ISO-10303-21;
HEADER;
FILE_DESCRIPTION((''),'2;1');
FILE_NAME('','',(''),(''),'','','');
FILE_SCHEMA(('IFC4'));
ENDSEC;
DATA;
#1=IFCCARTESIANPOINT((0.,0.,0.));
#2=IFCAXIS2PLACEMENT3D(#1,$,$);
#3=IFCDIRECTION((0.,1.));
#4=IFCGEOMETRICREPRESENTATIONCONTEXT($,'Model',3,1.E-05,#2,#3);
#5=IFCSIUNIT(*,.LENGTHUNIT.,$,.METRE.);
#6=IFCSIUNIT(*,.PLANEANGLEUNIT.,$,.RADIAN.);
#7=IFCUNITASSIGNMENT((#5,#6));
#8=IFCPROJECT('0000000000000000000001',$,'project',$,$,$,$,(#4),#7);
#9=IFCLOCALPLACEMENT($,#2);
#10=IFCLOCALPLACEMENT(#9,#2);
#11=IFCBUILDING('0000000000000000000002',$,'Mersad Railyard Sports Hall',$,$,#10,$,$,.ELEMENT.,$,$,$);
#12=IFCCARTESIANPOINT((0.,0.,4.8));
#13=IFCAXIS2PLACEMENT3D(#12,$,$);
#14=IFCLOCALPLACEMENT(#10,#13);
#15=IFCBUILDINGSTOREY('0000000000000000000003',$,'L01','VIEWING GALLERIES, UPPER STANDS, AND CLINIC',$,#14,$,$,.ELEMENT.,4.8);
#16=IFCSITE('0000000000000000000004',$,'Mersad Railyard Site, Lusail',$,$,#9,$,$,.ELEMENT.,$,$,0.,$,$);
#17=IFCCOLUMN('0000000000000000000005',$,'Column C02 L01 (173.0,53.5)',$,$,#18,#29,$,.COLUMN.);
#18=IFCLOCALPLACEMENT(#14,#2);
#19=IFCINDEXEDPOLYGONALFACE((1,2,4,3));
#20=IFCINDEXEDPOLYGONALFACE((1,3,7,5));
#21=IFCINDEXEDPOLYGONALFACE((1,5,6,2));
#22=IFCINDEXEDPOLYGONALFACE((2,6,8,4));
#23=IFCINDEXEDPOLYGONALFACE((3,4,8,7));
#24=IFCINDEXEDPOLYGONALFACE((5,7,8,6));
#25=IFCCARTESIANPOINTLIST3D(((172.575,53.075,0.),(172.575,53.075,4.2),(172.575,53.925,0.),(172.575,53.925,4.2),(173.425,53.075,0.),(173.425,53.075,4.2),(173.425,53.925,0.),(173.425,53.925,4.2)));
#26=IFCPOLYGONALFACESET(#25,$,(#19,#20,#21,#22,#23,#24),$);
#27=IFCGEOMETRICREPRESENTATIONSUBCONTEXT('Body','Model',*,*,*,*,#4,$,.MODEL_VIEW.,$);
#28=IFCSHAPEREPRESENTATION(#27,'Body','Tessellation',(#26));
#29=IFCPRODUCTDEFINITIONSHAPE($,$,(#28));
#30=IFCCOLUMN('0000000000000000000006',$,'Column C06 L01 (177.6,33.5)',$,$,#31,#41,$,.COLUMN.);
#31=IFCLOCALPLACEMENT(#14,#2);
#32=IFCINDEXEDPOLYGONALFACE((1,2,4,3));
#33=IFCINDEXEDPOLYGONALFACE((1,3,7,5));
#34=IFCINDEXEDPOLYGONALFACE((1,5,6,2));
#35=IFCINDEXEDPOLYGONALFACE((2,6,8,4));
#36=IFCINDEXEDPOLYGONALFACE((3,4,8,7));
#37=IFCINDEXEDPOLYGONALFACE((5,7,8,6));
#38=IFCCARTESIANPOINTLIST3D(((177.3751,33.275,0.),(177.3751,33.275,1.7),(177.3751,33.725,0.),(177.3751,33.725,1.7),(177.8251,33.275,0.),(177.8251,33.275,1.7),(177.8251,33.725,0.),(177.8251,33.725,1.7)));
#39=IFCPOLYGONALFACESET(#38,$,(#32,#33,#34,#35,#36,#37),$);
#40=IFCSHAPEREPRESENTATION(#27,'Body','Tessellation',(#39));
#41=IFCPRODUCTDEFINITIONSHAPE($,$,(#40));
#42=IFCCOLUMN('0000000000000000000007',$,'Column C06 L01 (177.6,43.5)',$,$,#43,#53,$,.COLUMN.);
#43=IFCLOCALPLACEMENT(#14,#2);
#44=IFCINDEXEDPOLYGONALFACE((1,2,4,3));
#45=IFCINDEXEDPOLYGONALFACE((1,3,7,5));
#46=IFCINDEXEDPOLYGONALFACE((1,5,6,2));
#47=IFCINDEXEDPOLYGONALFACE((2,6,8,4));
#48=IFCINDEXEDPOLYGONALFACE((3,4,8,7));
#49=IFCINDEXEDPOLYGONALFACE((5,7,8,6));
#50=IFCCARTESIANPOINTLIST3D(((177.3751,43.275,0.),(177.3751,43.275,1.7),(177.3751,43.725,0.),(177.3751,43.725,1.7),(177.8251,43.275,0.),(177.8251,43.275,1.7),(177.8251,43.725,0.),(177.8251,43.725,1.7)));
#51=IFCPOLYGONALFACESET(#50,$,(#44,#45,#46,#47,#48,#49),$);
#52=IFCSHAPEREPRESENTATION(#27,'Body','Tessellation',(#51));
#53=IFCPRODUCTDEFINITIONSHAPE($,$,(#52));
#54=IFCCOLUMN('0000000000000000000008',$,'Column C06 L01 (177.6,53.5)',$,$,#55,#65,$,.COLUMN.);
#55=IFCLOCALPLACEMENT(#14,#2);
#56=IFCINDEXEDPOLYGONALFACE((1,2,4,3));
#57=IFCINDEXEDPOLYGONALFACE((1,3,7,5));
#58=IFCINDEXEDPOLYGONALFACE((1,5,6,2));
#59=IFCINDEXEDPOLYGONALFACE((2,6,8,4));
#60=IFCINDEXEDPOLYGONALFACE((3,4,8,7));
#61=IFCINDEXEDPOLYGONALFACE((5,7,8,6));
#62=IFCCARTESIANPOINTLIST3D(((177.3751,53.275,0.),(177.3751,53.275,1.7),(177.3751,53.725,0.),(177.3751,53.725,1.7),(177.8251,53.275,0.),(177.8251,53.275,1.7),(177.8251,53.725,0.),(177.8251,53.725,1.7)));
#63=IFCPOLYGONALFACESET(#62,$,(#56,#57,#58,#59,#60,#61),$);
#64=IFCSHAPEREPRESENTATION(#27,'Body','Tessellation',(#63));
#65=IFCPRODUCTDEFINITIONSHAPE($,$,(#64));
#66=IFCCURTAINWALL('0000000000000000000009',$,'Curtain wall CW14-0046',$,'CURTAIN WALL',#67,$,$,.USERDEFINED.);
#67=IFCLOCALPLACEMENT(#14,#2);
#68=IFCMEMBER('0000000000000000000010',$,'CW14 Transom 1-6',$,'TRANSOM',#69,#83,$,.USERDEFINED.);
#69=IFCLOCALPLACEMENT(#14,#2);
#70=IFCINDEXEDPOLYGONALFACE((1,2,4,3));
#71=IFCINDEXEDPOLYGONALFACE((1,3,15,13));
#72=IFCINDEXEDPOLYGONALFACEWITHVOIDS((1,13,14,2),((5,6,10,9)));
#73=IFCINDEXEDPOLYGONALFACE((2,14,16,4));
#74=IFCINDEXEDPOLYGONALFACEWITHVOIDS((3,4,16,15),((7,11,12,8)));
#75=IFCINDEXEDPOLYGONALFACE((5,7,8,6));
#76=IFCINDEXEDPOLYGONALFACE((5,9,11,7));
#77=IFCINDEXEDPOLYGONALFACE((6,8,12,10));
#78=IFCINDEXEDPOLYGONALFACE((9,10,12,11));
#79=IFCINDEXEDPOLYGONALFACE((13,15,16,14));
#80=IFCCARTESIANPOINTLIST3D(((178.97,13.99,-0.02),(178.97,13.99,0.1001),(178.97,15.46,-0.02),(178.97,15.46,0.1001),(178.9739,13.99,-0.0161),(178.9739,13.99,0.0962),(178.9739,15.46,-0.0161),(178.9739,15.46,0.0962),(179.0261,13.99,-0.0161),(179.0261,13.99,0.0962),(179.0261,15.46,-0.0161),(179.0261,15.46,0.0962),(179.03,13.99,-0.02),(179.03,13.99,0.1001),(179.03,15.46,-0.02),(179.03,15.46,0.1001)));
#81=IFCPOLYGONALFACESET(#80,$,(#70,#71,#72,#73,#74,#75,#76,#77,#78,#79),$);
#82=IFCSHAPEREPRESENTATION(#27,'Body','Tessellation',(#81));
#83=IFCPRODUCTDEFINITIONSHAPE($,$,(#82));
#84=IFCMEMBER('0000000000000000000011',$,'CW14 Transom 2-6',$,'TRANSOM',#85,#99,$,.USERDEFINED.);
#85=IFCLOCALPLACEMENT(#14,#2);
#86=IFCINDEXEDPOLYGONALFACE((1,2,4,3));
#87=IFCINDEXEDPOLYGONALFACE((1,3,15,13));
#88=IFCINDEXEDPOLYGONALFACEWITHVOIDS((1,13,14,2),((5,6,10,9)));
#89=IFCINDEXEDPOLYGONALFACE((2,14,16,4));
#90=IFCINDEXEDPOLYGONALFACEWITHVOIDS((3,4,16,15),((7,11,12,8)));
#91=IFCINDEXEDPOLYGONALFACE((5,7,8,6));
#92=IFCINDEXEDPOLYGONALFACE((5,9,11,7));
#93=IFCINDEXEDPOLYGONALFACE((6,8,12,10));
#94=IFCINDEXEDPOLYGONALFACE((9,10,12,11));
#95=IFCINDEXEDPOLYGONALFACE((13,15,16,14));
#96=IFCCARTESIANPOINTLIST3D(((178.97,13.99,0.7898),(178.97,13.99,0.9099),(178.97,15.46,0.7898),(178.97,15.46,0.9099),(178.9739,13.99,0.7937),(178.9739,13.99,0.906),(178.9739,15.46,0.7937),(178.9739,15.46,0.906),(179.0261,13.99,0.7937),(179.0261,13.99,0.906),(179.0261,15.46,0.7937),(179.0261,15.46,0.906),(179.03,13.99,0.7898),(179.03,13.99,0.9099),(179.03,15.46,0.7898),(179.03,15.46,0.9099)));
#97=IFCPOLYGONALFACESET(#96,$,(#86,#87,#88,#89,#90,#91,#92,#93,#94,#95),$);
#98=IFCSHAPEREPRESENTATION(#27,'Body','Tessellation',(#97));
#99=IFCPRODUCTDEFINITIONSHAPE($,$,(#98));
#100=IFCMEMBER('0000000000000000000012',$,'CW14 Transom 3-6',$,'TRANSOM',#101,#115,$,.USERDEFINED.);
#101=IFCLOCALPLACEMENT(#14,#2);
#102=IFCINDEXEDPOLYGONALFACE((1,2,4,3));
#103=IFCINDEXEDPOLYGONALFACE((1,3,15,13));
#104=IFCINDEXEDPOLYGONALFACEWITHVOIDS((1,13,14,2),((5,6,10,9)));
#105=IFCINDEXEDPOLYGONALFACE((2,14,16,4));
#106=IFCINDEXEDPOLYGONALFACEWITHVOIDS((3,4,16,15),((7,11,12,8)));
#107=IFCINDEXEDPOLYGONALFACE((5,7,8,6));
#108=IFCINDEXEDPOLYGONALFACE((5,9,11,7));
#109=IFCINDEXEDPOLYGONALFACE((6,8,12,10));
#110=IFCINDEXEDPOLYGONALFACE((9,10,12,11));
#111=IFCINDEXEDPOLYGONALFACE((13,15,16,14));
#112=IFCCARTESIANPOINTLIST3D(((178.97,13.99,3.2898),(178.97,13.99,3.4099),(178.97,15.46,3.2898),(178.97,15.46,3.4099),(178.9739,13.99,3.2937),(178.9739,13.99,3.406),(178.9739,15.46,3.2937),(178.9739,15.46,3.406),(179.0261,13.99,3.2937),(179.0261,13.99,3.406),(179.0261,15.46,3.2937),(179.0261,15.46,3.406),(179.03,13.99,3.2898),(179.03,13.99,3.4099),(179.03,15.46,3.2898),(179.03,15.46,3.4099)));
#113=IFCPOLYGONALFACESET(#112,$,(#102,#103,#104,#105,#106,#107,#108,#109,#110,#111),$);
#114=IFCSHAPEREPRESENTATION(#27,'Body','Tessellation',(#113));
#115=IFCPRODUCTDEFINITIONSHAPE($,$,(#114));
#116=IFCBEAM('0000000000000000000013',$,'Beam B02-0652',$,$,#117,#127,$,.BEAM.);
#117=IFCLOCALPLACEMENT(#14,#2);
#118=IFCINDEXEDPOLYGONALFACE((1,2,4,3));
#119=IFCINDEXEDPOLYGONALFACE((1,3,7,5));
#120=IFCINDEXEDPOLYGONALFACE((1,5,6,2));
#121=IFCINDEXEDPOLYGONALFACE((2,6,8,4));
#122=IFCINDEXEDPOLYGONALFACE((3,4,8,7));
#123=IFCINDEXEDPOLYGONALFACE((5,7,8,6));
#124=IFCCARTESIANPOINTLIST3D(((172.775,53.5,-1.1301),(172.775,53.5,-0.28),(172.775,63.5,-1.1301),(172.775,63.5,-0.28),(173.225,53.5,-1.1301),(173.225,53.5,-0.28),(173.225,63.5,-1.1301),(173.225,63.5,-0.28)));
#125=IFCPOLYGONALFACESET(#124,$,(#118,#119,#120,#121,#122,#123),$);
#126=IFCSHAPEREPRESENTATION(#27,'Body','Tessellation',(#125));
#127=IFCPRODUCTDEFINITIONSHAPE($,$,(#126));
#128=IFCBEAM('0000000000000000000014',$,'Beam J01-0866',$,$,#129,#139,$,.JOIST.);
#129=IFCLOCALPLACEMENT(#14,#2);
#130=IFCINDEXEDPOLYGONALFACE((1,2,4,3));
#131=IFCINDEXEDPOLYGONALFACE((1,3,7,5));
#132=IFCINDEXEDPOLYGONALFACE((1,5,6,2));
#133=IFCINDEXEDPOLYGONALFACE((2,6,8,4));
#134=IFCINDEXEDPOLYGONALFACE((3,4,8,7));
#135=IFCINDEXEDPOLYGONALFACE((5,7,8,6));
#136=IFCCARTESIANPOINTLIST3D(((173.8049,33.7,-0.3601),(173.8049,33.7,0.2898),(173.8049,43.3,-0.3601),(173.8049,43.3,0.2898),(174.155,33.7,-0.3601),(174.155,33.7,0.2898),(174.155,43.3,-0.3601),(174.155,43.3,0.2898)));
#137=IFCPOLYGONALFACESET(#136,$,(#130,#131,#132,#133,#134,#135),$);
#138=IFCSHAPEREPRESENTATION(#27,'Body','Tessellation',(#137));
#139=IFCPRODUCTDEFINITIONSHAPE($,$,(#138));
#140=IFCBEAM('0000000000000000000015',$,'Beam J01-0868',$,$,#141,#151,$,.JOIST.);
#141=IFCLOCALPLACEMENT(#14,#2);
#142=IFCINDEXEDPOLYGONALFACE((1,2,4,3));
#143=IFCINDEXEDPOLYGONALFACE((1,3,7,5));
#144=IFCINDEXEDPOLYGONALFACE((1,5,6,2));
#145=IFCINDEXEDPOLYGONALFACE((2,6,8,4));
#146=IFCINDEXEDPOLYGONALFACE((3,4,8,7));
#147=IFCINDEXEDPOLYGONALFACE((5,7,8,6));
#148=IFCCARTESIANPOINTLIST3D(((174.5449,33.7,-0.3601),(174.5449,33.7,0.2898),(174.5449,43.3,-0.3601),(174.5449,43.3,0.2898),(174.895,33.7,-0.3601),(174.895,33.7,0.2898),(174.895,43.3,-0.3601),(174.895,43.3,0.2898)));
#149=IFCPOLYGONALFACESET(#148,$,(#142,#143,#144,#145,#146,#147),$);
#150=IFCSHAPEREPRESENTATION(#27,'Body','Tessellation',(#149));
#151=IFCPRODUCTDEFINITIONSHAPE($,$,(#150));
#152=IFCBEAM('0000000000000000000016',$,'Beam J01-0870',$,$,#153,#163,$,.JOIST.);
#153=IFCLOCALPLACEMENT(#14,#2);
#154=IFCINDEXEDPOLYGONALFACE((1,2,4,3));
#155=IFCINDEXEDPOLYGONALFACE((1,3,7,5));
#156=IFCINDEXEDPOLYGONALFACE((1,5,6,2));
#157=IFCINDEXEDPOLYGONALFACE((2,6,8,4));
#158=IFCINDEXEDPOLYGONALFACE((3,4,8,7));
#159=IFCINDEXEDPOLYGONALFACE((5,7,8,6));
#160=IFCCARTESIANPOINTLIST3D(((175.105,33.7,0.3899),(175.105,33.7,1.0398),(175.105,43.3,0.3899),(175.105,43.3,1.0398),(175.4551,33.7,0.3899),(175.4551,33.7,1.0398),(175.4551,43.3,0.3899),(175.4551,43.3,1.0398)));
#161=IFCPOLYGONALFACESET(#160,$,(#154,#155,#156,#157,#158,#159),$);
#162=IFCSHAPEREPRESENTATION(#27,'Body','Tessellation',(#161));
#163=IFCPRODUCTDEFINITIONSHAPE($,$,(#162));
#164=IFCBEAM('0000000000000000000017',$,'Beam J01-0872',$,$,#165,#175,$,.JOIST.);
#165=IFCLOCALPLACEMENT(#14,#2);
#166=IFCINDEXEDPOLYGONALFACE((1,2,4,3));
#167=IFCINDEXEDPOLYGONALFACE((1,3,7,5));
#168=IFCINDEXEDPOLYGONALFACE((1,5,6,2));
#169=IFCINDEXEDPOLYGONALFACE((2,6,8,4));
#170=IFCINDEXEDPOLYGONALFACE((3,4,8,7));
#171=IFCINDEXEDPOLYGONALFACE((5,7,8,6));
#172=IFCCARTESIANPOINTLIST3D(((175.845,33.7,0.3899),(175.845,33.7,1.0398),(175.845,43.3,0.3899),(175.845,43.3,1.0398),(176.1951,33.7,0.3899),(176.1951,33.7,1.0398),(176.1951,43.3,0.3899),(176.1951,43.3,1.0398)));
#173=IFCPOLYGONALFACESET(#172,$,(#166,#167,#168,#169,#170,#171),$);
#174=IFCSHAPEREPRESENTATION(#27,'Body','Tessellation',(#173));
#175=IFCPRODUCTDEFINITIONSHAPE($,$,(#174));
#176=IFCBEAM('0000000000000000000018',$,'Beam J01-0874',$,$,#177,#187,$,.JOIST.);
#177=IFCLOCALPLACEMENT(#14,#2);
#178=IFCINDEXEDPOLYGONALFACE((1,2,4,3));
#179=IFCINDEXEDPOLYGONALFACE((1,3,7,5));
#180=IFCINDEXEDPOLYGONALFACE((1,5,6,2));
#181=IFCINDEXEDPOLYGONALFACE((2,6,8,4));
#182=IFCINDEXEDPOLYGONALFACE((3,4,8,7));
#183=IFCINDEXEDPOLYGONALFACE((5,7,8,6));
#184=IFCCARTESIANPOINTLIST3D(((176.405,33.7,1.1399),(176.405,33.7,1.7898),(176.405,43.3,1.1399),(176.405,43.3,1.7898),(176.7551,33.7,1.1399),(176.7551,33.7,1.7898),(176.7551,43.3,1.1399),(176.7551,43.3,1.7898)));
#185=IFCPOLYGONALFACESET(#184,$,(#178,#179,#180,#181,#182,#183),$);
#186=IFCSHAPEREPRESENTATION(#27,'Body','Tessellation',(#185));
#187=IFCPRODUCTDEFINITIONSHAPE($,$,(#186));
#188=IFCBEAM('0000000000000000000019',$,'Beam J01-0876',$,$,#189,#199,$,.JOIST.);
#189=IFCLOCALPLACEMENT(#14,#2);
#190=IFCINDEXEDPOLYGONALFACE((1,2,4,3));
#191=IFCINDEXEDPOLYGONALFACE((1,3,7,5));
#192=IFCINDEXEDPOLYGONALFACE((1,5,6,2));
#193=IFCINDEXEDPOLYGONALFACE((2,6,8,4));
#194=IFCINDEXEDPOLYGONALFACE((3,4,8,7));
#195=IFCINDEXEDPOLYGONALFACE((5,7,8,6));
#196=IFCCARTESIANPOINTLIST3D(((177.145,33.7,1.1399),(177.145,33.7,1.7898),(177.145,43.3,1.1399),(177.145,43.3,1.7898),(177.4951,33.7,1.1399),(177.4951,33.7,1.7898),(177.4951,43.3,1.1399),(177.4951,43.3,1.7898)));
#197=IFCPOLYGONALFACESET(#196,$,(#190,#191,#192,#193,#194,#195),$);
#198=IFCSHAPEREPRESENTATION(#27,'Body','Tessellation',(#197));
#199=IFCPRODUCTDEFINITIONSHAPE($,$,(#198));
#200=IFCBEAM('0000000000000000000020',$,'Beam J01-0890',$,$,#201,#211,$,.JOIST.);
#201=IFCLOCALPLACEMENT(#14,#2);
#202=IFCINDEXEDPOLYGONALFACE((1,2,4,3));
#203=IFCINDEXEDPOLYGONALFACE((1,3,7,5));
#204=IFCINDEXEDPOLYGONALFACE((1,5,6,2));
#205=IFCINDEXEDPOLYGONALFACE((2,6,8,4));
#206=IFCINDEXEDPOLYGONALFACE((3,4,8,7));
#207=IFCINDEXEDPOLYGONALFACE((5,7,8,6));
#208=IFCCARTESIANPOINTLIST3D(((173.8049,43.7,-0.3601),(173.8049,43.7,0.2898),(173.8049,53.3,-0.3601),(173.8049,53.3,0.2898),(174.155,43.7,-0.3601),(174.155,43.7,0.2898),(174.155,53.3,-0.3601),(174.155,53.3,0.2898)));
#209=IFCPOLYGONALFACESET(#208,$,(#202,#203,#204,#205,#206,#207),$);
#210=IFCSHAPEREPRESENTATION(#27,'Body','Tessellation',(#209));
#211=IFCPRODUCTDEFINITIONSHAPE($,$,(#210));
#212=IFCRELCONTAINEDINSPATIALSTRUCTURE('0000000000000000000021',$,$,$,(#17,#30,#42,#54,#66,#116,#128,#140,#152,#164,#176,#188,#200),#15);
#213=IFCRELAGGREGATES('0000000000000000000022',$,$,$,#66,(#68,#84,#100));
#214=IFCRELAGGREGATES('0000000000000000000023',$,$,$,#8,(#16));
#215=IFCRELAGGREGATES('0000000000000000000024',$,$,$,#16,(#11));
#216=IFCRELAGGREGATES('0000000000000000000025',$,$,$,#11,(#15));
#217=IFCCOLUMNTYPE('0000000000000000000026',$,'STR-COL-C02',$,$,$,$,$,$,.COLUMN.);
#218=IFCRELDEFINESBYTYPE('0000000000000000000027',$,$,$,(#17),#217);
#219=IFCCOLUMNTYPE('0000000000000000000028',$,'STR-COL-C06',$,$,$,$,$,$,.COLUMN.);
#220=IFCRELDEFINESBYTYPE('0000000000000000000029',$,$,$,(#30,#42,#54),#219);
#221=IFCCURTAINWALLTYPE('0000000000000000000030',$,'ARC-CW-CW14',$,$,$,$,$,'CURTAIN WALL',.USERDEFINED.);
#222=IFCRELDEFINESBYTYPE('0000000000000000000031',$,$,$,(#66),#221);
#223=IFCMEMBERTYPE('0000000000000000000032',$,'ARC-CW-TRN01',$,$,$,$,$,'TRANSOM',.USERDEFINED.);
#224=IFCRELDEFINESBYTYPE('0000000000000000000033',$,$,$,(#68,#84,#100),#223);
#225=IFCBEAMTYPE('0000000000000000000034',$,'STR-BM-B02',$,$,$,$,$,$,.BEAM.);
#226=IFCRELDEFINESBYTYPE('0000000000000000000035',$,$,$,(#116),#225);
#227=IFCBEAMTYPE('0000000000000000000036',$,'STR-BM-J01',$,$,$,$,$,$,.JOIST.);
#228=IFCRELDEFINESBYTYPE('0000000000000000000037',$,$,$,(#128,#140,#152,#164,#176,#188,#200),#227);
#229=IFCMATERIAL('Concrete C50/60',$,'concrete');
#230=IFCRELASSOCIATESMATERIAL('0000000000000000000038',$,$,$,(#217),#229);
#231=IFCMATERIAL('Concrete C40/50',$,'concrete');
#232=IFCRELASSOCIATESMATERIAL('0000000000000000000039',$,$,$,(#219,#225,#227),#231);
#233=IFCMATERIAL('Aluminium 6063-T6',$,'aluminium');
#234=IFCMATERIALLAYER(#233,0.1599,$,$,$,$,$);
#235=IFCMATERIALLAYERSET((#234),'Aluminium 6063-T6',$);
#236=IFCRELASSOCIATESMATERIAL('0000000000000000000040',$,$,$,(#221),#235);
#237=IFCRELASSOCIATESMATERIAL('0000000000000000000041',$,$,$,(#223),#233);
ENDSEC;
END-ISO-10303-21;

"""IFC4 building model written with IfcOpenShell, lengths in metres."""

from ifc_helpers import new_model, si_unit, direction, frame, origin, origin_2d, place, context, subcontext, project, spatial, rectangle, hollow_rectangle, extrude, material, layer, layer_set, material_profile, profile_set, type_object, element, aggregate, save


model = new_model("IFC4")

# Units and contexts
model_context = context("Model", 3, precision=1e-05, world=origin(), true_north=direction((0.0, 1.0)))
body_context = subcontext(model_context, "Body", "Model", "MODEL_VIEW")
ifc_project = project(units=[si_unit("LENGTHUNIT", "METRE"), si_unit("PLANEANGLEUNIT", "RADIAN")], contexts=[model_context])

# Site, building, storey
site_placement = place(None, origin())
site = spatial("IfcSite", under=ifc_project, at=site_placement, Name="Mersad Railyard Site, Lusail", CompositionType="ELEMENT", RefElevation=0.0)
building_placement = place(site_placement, origin())
building = spatial("IfcBuilding", under=site, at=building_placement, Name="Mersad Railyard Sports Hall", CompositionType="ELEMENT")
storey_placement = place(building_placement, frame((0.0, 0.0, 4.8)))
storey = spatial("IfcBuildingStorey", under=building, at=storey_placement, Name="L01", Description="VIEWING GALLERIES, UPPER STANDS, AND CLINIC", CompositionType="ELEMENT", Elevation=4.8)

# Columns
ifc_material_1 = material(Name="Concrete C50/60", Category="concrete")
ifc_material_profile_1 = material_profile(ifc_material_1, rectangle(XDim=0.8501, YDim=0.8501, at=origin_2d()), Name="RC 850x850")
ifc_profile_set_1 = profile_set([ifc_material_profile_1], Name="Concrete C50/60")
column_type_1 = type_object("IfcColumnType", Name="STR-COL-C02", PredefinedType="COLUMN", material=ifc_profile_set_1)
column_placement = place(storey_placement, frame((173.0, 53.5, 0.0), z_axis=(0.0, 0.0, 1.0), x_axis=(1.0, 0.0, 0.0)))
element("IfcColumn", 1, at=column_placement, inside=storey, type_object=column_type_1, Name="Column C02 L01 (173.0,53.5)", PredefinedType="COLUMN", context=body_context, shape_type="SweptSolid", body=[
    extrude(rectangle(XDim=0.8501, YDim=0.8501, at=origin_2d()), origin(), (0.0, 0.0, 1.0), 4.2),
])
ifc_material_2 = material(Name="Concrete C40/50", Category="concrete")
ifc_material_profile_2 = material_profile(ifc_material_2, rectangle(XDim=0.45, YDim=0.45, at=origin_2d()), Name="RC 450x450")
ifc_profile_set_2 = profile_set([ifc_material_profile_2], Name="Concrete C40/50")
column_type_2 = type_object("IfcColumnType", Name="STR-COL-C06", PredefinedType="COLUMN", material=ifc_profile_set_2)
for number, where, z_axis, x_axis, name in (
    (2, (177.6001, 33.5, 0.0), (0.0, 0.0, 1.0), (1.0, 0.0, 0.0), "Column C06 L01 (177.6,33.5)"),
    (3, (177.6001, 43.5, 0.0), (0.0, 0.0, 1.0), (1.0, 0.0, 0.0), "Column C06 L01 (177.6,43.5)"),
    (4, (177.6001, 53.5, 0.0), (0.0, 0.0, 1.0), (1.0, 0.0, 0.0), "Column C06 L01 (177.6,53.5)"),
):
    element("IfcColumn", number, at=place(storey_placement, frame(where, z_axis=z_axis, x_axis=x_axis)), inside=storey, type_object=column_type_2, Name=name, PredefinedType="COLUMN", context=body_context, shape_type="SweptSolid", body=[
        extrude(rectangle(XDim=0.45, YDim=0.45, at=origin_2d()), origin(), (0.0, 0.0, 1.0), 1.7),
    ])

# Curtain wall, members
ifc_material_3 = material(Name="Aluminium 6063-T6", Category="aluminium")
ifc_layer_1 = layer(ifc_material_3, 0.1599)
ifc_layer_set_1 = layer_set([ifc_layer_1], Name="Aluminium 6063-T6")
curtain_wall_type = type_object("IfcCurtainWallType", Name="ARC-CW-CW14", ElementType="CURTAIN WALL", PredefinedType="USERDEFINED", material=ifc_layer_set_1)
curtain_wall_placement = place(storey_placement, origin())
curtain_wall = element("IfcCurtainWall", 5, at=curtain_wall_placement, inside=storey, type_object=curtain_wall_type, Name="Curtain wall CW14-0046", ObjectType="CURTAIN WALL", PredefinedType="USERDEFINED")
ifc_material_profile_3 = material_profile(ifc_material_3, hollow_rectangle(XDim=0.0601, YDim=0.1201, WallThickness=0.0039, at=origin_2d()), Name="AL TRANSOM 60x120x4")
ifc_profile_set_3 = profile_set([ifc_material_profile_3], Name="Aluminium 6063-T6")
member_type = type_object("IfcMemberType", Name="ARC-CW-TRN01", ElementType="TRANSOM", PredefinedType="USERDEFINED", material=ifc_profile_set_3)
member_1_placement = place(storey_placement, frame((179.0, 15.46, 0.04), z_axis=(0.0, -1.0, 0.0), x_axis=(1.0, 0.0, 0.0)))
member_1 = element("IfcMember", 6, at=member_1_placement, type_object=member_type, Name="CW14 Transom 1-6", ObjectType="TRANSOM", PredefinedType="USERDEFINED", context=body_context, shape_type="SweptSolid", body=[
    extrude(hollow_rectangle(XDim=0.0601, YDim=0.1201, WallThickness=0.0039, at=origin_2d()), origin(), (0.0, 0.0, 1.0), 1.47),
])
member_2_placement = place(storey_placement, frame((179.0, 15.46, 0.8499), z_axis=(0.0, -1.0, 0.0), x_axis=(1.0, 0.0, 0.0)))
member_2 = element("IfcMember", 7, at=member_2_placement, type_object=member_type, Name="CW14 Transom 2-6", ObjectType="TRANSOM", PredefinedType="USERDEFINED", context=body_context, shape_type="SweptSolid", body=[
    extrude(hollow_rectangle(XDim=0.0601, YDim=0.1201, WallThickness=0.0039, at=origin_2d()), origin(), (0.0, 0.0, 1.0), 1.47),
])
member_3_placement = place(storey_placement, frame((179.0, 15.46, 3.3499), z_axis=(0.0, -1.0, 0.0), x_axis=(1.0, 0.0, 0.0)))
member_3 = element("IfcMember", 8, at=member_3_placement, type_object=member_type, Name="CW14 Transom 3-6", ObjectType="TRANSOM", PredefinedType="USERDEFINED", context=body_context, shape_type="SweptSolid", body=[
    extrude(hollow_rectangle(XDim=0.0601, YDim=0.1201, WallThickness=0.0039, at=origin_2d()), origin(), (0.0, 0.0, 1.0), 1.47),
])

# Beams
ifc_material_profile_4 = material_profile(ifc_material_2, rectangle(XDim=0.45, YDim=0.8501, at=origin_2d()), Name="RC 450x850")
ifc_profile_set_4 = profile_set([ifc_material_profile_4], Name="Concrete C40/50")
beam_type_1 = type_object("IfcBeamType", Name="STR-BM-B02", PredefinedType="BEAM", material=ifc_profile_set_4)
beam_1_placement = place(storey_placement, frame((173.0, 53.5, -0.7051), z_axis=(0.0, 1.0, 0.0), x_axis=(-1.0, 0.0, 0.0)))
element("IfcBeam", 9, at=beam_1_placement, inside=storey, type_object=beam_type_1, Name="Beam B02-0652", PredefinedType="BEAM", context=body_context, shape_type="SweptSolid", body=[
    extrude(rectangle(XDim=0.45, YDim=0.8501, at=origin_2d()), origin(), (0.0, 0.0, 1.0), 10.0),
])
ifc_material_profile_5 = material_profile(ifc_material_2, rectangle(XDim=0.3501, YDim=0.6499, at=origin_2d()), Name="RC 350x650")
ifc_profile_set_5 = profile_set([ifc_material_profile_5], Name="Concrete C40/50")
beam_type_2 = type_object("IfcBeamType", Name="STR-BM-J01", PredefinedType="JOIST", material=ifc_profile_set_5)
for number, where, z_axis, x_axis, name in (
    (10, (173.98, 33.7, -0.0352), (0.0, 1.0, 0.0), (-1.0, 0.0, 0.0), "Beam J01-0866"),
    (11, (174.72, 33.7, -0.0352), (0.0, 1.0, 0.0), (-1.0, 0.0, 0.0), "Beam J01-0868"),
    (12, (175.28, 33.7, 0.7148), (0.0, 1.0, 0.0), (-1.0, 0.0, 0.0), "Beam J01-0870"),
    (13, (176.02, 33.7, 0.7148), (0.0, 1.0, 0.0), (-1.0, 0.0, 0.0), "Beam J01-0872"),
    (14, (176.5801, 33.7, 1.4648), (0.0, 1.0, 0.0), (-1.0, 0.0, 0.0), "Beam J01-0874"),
    (15, (177.3201, 33.7, 1.4648), (0.0, 1.0, 0.0), (-1.0, 0.0, 0.0), "Beam J01-0876"),
    (16, (173.98, 43.7, -0.0352), (0.0, 1.0, 0.0), (-1.0, 0.0, 0.0), "Beam J01-0890"),
):
    element("IfcBeam", number, at=place(storey_placement, frame(where, z_axis=z_axis, x_axis=x_axis)), inside=storey, type_object=beam_type_2, Name=name, PredefinedType="JOIST", context=body_context, shape_type="SweptSolid", body=[
        extrude(rectangle(XDim=0.3501, YDim=0.6499, at=origin_2d()), origin(), (0.0, 0.0, 1.0), 9.6001),
    ])

aggregate(curtain_wall, [member_1, member_2, member_3])

save(model, "model.ifc")
